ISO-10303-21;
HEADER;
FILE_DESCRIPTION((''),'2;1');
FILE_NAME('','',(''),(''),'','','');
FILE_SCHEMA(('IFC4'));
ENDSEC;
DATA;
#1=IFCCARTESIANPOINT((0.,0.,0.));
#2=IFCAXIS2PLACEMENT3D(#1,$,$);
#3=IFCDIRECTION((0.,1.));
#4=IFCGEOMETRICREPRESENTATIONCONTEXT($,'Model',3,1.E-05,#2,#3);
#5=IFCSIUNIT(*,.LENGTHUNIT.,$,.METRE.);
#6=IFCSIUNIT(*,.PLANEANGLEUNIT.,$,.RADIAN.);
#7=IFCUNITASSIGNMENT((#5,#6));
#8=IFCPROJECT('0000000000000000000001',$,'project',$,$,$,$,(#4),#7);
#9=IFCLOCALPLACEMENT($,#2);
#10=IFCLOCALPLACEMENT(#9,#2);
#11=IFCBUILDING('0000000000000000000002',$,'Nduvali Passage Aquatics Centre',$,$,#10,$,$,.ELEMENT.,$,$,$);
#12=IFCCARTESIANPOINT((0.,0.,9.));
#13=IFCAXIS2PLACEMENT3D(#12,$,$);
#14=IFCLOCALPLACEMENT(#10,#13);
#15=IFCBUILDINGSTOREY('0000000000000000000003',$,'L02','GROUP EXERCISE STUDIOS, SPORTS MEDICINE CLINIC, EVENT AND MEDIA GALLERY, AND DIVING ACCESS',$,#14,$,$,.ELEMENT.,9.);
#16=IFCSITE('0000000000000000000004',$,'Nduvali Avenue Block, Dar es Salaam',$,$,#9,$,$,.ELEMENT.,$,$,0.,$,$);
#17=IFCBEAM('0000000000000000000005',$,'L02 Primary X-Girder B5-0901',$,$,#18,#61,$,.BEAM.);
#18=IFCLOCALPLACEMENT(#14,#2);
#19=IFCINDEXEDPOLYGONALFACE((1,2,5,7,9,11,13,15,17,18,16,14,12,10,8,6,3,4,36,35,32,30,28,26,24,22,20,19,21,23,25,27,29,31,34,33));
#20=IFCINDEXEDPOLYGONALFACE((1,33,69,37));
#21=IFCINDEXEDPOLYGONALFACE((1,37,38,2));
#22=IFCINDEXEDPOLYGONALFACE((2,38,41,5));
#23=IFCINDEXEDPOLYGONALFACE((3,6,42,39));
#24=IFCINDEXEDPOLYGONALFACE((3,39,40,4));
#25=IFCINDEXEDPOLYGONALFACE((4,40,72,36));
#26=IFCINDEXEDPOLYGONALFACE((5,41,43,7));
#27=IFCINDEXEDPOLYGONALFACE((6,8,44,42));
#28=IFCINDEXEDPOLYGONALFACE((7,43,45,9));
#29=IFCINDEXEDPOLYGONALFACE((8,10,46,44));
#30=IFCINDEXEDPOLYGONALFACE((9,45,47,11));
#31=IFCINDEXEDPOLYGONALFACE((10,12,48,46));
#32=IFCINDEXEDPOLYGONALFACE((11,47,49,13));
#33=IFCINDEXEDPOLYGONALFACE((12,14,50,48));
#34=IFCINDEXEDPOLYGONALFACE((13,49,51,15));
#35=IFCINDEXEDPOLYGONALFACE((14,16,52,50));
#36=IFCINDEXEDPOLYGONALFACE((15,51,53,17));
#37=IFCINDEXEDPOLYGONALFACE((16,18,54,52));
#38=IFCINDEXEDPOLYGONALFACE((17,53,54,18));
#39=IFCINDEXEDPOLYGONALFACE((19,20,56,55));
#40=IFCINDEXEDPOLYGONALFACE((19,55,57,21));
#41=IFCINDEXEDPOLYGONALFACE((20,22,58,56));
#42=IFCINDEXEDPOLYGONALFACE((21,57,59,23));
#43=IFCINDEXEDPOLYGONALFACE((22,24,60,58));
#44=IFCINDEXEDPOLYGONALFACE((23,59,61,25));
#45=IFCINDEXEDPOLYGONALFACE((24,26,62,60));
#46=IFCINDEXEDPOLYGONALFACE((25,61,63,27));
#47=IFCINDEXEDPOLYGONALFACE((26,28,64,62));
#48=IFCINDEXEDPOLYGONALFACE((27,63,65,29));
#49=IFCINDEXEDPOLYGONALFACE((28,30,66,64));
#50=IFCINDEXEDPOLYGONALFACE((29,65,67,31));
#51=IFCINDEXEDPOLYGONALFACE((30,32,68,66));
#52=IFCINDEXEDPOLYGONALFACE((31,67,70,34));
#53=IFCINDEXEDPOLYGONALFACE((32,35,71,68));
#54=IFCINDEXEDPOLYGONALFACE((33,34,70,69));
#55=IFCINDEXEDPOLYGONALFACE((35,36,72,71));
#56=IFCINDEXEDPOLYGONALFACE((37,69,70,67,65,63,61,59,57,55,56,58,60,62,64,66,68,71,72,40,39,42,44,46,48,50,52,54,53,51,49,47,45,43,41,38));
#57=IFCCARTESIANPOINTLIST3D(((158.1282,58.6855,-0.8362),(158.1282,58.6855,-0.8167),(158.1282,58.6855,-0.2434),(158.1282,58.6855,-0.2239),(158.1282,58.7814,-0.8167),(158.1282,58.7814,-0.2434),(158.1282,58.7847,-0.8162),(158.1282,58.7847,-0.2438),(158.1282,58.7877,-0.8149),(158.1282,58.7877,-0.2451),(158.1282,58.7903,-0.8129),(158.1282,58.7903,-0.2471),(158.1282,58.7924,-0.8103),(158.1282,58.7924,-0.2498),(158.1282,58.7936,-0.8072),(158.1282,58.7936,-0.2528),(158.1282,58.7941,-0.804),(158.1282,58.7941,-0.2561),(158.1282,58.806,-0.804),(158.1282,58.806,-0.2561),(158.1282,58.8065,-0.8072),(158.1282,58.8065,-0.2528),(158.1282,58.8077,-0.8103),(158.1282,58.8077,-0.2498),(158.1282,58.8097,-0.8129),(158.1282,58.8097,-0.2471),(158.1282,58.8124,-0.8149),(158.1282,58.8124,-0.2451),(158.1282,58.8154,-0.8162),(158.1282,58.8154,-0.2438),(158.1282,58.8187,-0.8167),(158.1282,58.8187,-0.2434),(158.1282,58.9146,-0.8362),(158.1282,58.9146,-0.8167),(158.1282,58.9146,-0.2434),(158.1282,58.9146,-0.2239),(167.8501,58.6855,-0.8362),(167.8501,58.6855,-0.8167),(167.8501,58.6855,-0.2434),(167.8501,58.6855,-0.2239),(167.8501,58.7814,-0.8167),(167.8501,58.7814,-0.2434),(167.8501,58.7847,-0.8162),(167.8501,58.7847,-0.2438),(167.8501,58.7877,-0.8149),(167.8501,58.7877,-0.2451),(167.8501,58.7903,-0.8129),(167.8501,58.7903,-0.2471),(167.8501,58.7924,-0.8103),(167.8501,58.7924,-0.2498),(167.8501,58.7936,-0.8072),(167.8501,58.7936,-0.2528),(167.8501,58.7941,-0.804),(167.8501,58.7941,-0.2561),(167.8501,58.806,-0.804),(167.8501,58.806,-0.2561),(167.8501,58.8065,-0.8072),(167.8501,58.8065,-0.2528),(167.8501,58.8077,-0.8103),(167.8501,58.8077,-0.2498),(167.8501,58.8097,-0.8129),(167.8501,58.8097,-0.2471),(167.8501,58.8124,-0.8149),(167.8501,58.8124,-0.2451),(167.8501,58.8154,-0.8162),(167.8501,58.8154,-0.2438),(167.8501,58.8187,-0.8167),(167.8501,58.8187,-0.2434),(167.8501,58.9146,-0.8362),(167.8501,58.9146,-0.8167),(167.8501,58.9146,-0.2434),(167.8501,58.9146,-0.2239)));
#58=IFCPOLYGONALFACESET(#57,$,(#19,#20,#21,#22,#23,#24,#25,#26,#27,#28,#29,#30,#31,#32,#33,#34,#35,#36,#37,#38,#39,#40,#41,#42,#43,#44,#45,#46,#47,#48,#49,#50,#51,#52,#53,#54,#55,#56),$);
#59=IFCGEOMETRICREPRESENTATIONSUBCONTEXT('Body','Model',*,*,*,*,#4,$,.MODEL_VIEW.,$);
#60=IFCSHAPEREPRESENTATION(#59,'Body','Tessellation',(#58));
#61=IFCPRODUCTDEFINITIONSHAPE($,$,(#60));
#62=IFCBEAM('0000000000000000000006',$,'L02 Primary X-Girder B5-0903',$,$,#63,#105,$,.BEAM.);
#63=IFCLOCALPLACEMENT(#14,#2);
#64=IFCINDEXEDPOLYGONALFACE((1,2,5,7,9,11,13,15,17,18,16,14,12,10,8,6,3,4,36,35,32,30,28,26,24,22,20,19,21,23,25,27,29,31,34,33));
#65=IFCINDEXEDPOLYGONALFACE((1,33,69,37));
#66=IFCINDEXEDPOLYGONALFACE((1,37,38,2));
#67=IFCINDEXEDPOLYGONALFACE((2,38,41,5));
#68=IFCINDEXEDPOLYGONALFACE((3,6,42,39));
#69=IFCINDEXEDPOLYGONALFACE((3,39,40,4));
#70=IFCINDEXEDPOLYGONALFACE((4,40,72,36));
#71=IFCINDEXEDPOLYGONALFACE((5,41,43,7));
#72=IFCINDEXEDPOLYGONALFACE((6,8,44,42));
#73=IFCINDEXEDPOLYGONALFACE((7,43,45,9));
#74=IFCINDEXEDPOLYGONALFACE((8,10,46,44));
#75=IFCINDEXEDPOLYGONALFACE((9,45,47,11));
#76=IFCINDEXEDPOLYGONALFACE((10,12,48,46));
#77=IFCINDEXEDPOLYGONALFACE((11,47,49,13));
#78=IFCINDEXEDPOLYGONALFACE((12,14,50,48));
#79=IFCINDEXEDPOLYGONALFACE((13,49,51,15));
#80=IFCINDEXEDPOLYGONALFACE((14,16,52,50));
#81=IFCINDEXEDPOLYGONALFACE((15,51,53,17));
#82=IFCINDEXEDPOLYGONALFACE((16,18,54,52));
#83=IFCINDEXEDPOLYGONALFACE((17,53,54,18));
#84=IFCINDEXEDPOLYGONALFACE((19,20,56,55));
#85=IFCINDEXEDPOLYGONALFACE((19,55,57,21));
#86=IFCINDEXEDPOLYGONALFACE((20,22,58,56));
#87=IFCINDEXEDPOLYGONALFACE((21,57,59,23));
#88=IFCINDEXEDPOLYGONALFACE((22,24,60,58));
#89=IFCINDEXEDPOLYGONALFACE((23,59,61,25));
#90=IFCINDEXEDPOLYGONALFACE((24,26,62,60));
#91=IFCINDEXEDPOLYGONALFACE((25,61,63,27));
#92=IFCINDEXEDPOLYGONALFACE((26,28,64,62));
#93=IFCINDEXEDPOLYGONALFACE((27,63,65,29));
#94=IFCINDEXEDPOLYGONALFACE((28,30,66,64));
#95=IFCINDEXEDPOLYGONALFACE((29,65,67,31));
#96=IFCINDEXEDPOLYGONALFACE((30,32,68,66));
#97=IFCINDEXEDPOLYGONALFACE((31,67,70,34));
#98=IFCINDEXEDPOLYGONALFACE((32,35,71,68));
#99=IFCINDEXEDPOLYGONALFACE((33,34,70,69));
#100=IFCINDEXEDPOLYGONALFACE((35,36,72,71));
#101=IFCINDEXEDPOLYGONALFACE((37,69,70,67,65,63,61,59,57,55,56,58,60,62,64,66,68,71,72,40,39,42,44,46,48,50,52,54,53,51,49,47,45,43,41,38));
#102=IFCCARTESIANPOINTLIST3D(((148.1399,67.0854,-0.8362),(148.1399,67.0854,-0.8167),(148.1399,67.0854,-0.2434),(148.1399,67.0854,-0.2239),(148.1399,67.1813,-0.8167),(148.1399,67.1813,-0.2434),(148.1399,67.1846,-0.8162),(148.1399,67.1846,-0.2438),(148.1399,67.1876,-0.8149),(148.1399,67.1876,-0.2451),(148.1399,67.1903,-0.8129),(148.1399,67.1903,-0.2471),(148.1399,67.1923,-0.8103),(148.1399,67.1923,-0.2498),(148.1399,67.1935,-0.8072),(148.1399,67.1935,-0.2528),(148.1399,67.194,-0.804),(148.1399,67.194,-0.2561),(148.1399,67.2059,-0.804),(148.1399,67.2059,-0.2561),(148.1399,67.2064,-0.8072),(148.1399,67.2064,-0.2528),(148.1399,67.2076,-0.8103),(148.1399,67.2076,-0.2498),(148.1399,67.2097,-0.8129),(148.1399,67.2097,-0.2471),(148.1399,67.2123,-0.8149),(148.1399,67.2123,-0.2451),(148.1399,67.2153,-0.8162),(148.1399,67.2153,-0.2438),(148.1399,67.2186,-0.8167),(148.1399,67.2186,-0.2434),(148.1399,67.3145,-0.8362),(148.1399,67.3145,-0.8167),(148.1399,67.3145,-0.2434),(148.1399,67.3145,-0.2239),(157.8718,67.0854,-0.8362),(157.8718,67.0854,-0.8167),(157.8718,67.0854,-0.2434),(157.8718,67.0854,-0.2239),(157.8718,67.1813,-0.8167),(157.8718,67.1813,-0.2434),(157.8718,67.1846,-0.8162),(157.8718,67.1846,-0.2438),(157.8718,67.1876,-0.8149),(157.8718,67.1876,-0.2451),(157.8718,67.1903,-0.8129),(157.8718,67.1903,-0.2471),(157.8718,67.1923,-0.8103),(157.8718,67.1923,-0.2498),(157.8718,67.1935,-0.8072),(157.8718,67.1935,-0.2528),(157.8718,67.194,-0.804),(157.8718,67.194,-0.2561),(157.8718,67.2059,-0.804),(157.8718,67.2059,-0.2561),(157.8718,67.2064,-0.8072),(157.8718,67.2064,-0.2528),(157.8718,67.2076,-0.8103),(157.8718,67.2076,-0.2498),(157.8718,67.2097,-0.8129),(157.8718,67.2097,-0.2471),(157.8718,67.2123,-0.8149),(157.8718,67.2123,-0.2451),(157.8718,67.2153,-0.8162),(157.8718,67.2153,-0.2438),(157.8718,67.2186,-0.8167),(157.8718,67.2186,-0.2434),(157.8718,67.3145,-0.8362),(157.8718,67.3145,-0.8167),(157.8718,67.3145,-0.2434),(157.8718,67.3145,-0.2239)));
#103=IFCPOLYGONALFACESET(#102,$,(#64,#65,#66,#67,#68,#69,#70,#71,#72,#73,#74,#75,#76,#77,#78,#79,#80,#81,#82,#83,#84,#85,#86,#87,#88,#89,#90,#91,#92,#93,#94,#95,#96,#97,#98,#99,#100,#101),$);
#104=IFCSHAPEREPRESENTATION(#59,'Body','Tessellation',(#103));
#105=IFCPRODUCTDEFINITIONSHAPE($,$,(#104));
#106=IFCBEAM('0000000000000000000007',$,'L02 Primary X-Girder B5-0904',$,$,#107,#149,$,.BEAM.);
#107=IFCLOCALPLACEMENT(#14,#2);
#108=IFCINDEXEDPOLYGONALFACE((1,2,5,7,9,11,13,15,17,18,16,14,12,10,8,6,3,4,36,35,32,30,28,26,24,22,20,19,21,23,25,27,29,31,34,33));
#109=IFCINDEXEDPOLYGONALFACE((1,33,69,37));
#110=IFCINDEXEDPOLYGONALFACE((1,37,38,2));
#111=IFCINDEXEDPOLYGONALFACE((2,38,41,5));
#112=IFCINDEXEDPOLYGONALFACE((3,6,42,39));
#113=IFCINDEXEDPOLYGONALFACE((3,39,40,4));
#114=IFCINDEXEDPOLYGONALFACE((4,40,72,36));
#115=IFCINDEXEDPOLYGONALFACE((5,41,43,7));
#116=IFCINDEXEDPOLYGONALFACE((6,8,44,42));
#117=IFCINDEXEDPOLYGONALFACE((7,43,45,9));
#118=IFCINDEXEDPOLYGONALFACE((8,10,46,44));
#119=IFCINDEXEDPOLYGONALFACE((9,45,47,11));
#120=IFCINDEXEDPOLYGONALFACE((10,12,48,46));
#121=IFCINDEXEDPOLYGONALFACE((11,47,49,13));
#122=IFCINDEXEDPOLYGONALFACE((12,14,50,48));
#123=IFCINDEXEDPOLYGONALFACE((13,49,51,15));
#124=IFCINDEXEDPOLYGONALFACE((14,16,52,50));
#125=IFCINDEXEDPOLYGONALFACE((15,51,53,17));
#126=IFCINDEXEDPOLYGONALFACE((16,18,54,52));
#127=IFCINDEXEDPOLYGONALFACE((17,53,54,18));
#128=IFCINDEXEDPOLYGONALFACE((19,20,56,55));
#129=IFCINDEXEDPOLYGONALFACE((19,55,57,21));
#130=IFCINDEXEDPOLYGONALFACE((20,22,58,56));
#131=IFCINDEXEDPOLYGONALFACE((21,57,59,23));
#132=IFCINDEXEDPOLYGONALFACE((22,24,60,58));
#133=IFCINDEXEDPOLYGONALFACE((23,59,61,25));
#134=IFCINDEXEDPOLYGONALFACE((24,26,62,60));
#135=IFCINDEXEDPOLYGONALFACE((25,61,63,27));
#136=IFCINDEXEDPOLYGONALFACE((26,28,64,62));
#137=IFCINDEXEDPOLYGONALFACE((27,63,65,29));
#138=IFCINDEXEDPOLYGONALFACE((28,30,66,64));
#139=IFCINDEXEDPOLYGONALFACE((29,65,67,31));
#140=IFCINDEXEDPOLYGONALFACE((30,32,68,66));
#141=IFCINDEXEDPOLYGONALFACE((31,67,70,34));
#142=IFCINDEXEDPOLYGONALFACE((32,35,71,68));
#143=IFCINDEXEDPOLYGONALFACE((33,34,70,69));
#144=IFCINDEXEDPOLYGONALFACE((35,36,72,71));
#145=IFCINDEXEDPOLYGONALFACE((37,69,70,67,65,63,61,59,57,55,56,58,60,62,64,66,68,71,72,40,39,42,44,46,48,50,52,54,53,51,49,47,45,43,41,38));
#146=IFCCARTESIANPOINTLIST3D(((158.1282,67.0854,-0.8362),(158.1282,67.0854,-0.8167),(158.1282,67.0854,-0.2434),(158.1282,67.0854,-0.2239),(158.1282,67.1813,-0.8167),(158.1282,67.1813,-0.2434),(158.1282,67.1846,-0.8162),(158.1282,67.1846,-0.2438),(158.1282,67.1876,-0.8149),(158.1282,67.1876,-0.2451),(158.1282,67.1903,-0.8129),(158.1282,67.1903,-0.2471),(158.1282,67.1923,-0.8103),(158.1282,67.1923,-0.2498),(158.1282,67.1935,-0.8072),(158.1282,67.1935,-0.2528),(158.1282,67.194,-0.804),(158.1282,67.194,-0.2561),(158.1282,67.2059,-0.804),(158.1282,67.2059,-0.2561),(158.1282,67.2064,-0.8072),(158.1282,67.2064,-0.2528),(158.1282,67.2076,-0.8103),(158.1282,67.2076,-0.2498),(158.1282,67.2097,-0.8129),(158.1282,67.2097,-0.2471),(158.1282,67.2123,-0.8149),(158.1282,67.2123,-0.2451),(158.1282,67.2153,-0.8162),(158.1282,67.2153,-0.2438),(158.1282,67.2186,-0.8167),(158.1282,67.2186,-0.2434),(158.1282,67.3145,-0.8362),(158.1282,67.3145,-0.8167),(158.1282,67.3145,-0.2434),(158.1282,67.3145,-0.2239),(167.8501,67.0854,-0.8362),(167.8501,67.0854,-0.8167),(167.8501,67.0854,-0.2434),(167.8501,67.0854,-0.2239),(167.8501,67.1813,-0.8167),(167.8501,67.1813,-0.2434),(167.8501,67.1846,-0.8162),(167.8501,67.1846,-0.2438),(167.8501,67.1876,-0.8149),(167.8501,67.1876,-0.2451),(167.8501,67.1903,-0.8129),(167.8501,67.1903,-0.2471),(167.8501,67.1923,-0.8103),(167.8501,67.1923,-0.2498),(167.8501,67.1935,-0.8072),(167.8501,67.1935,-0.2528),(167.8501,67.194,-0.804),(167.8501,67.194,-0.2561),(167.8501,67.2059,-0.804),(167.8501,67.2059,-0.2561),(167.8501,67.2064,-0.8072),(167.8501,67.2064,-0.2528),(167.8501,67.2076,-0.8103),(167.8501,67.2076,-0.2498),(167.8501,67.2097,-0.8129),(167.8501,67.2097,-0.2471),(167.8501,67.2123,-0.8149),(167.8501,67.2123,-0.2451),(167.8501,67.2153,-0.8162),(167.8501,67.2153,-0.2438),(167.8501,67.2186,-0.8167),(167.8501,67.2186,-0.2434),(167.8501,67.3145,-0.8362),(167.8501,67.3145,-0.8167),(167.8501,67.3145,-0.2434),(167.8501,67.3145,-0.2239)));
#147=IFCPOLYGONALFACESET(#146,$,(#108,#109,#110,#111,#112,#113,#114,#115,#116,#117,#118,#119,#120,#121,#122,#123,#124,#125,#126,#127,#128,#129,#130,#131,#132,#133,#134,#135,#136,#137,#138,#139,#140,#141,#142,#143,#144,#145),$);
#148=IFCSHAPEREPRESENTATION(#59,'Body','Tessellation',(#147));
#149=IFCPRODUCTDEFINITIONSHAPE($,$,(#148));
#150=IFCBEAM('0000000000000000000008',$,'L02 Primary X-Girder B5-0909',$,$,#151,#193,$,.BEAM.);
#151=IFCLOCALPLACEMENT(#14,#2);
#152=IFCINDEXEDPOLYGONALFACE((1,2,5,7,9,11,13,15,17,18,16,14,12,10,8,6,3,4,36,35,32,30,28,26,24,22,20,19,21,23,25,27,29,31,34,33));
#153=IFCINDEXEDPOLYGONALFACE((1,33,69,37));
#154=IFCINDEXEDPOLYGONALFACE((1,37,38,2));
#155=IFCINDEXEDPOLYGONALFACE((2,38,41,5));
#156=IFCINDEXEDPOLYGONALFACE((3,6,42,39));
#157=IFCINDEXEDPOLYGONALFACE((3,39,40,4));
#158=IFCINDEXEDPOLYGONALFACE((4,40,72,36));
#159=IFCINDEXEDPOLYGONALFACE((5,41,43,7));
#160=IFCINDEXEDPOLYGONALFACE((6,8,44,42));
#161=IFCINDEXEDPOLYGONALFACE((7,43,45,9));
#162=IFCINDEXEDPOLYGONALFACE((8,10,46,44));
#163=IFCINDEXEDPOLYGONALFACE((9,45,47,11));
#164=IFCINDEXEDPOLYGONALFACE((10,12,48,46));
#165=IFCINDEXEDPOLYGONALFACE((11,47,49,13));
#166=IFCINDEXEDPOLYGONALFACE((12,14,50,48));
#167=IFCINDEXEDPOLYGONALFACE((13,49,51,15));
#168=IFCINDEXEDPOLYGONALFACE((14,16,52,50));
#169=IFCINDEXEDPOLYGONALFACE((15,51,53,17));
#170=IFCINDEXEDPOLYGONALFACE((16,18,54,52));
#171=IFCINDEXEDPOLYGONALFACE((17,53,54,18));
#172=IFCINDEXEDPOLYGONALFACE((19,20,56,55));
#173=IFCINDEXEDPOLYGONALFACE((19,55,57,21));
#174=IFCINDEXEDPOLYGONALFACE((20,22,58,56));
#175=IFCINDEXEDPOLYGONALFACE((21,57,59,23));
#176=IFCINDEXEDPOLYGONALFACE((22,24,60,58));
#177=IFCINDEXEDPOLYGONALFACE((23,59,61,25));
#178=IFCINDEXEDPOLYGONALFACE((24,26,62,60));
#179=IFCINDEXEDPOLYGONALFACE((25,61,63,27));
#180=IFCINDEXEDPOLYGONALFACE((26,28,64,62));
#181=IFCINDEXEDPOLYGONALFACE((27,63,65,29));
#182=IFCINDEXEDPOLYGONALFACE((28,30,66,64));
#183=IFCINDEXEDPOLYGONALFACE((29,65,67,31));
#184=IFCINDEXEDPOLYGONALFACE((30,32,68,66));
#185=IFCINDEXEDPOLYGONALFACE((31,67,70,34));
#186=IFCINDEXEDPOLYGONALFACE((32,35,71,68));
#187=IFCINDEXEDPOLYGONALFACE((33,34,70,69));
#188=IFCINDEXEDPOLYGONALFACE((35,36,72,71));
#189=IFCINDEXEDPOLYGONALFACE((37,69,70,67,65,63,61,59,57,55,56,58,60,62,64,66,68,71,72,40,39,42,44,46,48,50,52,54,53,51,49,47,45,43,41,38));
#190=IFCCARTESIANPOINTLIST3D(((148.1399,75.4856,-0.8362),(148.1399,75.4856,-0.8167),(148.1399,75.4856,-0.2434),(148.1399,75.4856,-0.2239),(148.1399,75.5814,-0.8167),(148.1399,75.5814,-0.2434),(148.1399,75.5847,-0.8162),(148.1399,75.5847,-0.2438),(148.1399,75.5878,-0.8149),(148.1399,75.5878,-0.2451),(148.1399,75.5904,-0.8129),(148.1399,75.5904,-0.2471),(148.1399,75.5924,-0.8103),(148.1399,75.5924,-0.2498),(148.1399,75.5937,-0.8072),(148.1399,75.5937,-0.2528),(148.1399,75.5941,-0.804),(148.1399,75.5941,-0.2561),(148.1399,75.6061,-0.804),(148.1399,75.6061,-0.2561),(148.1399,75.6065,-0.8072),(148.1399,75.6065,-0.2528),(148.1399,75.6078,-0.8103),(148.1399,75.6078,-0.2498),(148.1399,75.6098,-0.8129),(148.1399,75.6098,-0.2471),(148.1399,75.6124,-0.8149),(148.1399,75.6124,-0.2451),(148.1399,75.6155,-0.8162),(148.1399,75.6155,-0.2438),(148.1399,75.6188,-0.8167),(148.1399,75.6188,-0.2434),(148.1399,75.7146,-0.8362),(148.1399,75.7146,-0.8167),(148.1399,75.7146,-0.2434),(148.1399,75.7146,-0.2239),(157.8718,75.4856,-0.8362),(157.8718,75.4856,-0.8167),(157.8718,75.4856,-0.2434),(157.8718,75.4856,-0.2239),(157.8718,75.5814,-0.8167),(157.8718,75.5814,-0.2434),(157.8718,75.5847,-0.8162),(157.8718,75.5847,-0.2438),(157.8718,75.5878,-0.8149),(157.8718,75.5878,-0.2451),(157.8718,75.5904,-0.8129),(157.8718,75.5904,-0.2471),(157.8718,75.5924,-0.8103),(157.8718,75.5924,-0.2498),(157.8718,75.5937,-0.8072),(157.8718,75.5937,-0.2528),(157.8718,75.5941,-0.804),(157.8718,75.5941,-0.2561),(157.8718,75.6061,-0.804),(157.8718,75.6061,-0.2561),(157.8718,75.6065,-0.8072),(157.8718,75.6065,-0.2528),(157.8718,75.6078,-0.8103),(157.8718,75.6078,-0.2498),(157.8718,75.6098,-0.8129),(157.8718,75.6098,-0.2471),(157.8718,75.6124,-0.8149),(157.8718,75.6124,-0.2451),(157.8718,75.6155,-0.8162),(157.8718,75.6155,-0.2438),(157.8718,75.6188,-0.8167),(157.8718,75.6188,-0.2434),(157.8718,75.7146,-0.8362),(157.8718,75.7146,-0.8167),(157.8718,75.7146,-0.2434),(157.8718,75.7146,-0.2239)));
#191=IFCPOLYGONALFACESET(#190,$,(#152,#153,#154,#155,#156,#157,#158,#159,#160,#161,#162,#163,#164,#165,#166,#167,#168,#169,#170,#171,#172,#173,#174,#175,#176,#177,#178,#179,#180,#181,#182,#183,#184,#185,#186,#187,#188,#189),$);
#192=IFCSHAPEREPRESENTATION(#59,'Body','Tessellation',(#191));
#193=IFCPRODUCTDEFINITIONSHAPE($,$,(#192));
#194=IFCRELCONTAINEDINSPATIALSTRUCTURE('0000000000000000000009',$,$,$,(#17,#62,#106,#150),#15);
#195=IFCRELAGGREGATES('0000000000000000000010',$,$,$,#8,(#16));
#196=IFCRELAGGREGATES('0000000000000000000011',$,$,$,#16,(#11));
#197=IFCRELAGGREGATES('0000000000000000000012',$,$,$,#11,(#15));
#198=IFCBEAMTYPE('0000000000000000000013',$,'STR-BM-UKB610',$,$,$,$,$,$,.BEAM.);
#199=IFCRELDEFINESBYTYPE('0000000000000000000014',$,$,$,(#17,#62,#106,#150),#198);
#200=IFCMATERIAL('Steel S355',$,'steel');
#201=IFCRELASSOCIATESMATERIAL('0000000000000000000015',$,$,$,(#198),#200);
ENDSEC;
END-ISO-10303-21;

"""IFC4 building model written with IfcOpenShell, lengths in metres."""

from ifc_helpers import new_model, si_unit, direction, frame, origin, origin_2d, place, context, subcontext, project, spatial, i_section, extrude, material, material_profile, profile_set, type_object, element, save


model = new_model("IFC4")

# Units and contexts
model_context = context("Model", 3, precision=1e-05, world=origin(), true_north=direction((0.0, 1.0)))
body_context = subcontext(model_context, "Body", "Model", "MODEL_VIEW")
ifc_project = project(units=[si_unit("LENGTHUNIT", "METRE"), si_unit("PLANEANGLEUNIT", "RADIAN")], contexts=[model_context])

# Site, building, storey
site_placement = place(None, origin())
site = spatial("IfcSite", under=ifc_project, at=site_placement, Name="Nduvali Avenue Block, Dar es Salaam", CompositionType="ELEMENT", RefElevation=0.0)
building_placement = place(site_placement, origin())
building = spatial("IfcBuilding", under=site, at=building_placement, Name="Nduvali Passage Aquatics Centre", CompositionType="ELEMENT")
storey_placement = place(building_placement, frame((0.0, 0.0, 9.0)))
storey = spatial("IfcBuildingStorey", under=building, at=storey_placement, Name="L02", Description="GROUP EXERCISE STUDIOS, SPORTS MEDICINE CLINIC, EVENT AND MEDIA GALLERY, AND DIVING ACCESS", CompositionType="ELEMENT", Elevation=9.0)

# Beams
ifc_material = material(Name="Steel S355", Category="steel")
ifc_material_profile_1 = material_profile(ifc_material, i_section(OverallWidth=0.229, OverallDepth=0.6123, WebThickness=0.012, FlangeThickness=0.0195, FilletRadius=0.0127, at=origin_2d()), Name="UKB 610x229x125")
ifc_profile_set_1 = profile_set([ifc_material_profile_1], Name="Steel S355")
beam_type_1 = type_object("IfcBeamType", Name="STR-BM-UKB610", PredefinedType="BEAM", material=ifc_profile_set_1)
beam_1_placement = place(storey_placement, frame((158.1282, 58.8, -0.53), z_axis=(1.0, 0.0, 0.0), x_axis=(0.0, 1.0, 0.0)))
element("IfcBeam", 1, at=beam_1_placement, inside=storey, type_object=beam_type_1, Name="L02 Primary X-Girder B5-0901", PredefinedType="BEAM", context=body_context, shape_type="SweptSolid", body=[
    extrude(i_section(OverallWidth=0.229, OverallDepth=0.6123, WebThickness=0.012, FlangeThickness=0.0195, FilletRadius=0.0127, at=origin_2d()), origin(), (0.0, 0.0, 1.0), 9.7219),
])
beam_2_placement = place(storey_placement, frame((148.1399, 67.2, -0.53), z_axis=(1.0, 0.0, 0.0), x_axis=(0.0, 1.0, 0.0)))
element("IfcBeam", 2, at=beam_2_placement, inside=storey, type_object=beam_type_1, Name="L02 Primary X-Girder B5-0903", PredefinedType="BEAM", context=body_context, shape_type="SweptSolid", body=[
    extrude(i_section(OverallWidth=0.229, OverallDepth=0.6123, WebThickness=0.012, FlangeThickness=0.0195, FilletRadius=0.0127, at=origin_2d()), origin(), (0.0, 0.0, 1.0), 9.7319),
])
beam_3_placement = place(storey_placement, frame((158.1282, 67.2, -0.53), z_axis=(1.0, 0.0, 0.0), x_axis=(0.0, 1.0, 0.0)))
element("IfcBeam", 3, at=beam_3_placement, inside=storey, type_object=beam_type_1, Name="L02 Primary X-Girder B5-0904", PredefinedType="BEAM", context=body_context, shape_type="SweptSolid", body=[
    extrude(i_section(OverallWidth=0.229, OverallDepth=0.6123, WebThickness=0.012, FlangeThickness=0.0195, FilletRadius=0.0127, at=origin_2d()), origin(), (0.0, 0.0, 1.0), 9.7219),
])
beam_4_placement = place(storey_placement, frame((148.1399, 75.6001, -0.53), z_axis=(1.0, 0.0, 0.0), x_axis=(0.0, 1.0, 0.0)))
element("IfcBeam", 4, at=beam_4_placement, inside=storey, type_object=beam_type_1, Name="L02 Primary X-Girder B5-0909", PredefinedType="BEAM", context=body_context, shape_type="SweptSolid", body=[
    extrude(i_section(OverallWidth=0.229, OverallDepth=0.6123, WebThickness=0.012, FlangeThickness=0.0195, FilletRadius=0.0127, at=origin_2d()), origin(), (0.0, 0.0, 1.0), 9.7319),
])

save(model, "model.ifc")
